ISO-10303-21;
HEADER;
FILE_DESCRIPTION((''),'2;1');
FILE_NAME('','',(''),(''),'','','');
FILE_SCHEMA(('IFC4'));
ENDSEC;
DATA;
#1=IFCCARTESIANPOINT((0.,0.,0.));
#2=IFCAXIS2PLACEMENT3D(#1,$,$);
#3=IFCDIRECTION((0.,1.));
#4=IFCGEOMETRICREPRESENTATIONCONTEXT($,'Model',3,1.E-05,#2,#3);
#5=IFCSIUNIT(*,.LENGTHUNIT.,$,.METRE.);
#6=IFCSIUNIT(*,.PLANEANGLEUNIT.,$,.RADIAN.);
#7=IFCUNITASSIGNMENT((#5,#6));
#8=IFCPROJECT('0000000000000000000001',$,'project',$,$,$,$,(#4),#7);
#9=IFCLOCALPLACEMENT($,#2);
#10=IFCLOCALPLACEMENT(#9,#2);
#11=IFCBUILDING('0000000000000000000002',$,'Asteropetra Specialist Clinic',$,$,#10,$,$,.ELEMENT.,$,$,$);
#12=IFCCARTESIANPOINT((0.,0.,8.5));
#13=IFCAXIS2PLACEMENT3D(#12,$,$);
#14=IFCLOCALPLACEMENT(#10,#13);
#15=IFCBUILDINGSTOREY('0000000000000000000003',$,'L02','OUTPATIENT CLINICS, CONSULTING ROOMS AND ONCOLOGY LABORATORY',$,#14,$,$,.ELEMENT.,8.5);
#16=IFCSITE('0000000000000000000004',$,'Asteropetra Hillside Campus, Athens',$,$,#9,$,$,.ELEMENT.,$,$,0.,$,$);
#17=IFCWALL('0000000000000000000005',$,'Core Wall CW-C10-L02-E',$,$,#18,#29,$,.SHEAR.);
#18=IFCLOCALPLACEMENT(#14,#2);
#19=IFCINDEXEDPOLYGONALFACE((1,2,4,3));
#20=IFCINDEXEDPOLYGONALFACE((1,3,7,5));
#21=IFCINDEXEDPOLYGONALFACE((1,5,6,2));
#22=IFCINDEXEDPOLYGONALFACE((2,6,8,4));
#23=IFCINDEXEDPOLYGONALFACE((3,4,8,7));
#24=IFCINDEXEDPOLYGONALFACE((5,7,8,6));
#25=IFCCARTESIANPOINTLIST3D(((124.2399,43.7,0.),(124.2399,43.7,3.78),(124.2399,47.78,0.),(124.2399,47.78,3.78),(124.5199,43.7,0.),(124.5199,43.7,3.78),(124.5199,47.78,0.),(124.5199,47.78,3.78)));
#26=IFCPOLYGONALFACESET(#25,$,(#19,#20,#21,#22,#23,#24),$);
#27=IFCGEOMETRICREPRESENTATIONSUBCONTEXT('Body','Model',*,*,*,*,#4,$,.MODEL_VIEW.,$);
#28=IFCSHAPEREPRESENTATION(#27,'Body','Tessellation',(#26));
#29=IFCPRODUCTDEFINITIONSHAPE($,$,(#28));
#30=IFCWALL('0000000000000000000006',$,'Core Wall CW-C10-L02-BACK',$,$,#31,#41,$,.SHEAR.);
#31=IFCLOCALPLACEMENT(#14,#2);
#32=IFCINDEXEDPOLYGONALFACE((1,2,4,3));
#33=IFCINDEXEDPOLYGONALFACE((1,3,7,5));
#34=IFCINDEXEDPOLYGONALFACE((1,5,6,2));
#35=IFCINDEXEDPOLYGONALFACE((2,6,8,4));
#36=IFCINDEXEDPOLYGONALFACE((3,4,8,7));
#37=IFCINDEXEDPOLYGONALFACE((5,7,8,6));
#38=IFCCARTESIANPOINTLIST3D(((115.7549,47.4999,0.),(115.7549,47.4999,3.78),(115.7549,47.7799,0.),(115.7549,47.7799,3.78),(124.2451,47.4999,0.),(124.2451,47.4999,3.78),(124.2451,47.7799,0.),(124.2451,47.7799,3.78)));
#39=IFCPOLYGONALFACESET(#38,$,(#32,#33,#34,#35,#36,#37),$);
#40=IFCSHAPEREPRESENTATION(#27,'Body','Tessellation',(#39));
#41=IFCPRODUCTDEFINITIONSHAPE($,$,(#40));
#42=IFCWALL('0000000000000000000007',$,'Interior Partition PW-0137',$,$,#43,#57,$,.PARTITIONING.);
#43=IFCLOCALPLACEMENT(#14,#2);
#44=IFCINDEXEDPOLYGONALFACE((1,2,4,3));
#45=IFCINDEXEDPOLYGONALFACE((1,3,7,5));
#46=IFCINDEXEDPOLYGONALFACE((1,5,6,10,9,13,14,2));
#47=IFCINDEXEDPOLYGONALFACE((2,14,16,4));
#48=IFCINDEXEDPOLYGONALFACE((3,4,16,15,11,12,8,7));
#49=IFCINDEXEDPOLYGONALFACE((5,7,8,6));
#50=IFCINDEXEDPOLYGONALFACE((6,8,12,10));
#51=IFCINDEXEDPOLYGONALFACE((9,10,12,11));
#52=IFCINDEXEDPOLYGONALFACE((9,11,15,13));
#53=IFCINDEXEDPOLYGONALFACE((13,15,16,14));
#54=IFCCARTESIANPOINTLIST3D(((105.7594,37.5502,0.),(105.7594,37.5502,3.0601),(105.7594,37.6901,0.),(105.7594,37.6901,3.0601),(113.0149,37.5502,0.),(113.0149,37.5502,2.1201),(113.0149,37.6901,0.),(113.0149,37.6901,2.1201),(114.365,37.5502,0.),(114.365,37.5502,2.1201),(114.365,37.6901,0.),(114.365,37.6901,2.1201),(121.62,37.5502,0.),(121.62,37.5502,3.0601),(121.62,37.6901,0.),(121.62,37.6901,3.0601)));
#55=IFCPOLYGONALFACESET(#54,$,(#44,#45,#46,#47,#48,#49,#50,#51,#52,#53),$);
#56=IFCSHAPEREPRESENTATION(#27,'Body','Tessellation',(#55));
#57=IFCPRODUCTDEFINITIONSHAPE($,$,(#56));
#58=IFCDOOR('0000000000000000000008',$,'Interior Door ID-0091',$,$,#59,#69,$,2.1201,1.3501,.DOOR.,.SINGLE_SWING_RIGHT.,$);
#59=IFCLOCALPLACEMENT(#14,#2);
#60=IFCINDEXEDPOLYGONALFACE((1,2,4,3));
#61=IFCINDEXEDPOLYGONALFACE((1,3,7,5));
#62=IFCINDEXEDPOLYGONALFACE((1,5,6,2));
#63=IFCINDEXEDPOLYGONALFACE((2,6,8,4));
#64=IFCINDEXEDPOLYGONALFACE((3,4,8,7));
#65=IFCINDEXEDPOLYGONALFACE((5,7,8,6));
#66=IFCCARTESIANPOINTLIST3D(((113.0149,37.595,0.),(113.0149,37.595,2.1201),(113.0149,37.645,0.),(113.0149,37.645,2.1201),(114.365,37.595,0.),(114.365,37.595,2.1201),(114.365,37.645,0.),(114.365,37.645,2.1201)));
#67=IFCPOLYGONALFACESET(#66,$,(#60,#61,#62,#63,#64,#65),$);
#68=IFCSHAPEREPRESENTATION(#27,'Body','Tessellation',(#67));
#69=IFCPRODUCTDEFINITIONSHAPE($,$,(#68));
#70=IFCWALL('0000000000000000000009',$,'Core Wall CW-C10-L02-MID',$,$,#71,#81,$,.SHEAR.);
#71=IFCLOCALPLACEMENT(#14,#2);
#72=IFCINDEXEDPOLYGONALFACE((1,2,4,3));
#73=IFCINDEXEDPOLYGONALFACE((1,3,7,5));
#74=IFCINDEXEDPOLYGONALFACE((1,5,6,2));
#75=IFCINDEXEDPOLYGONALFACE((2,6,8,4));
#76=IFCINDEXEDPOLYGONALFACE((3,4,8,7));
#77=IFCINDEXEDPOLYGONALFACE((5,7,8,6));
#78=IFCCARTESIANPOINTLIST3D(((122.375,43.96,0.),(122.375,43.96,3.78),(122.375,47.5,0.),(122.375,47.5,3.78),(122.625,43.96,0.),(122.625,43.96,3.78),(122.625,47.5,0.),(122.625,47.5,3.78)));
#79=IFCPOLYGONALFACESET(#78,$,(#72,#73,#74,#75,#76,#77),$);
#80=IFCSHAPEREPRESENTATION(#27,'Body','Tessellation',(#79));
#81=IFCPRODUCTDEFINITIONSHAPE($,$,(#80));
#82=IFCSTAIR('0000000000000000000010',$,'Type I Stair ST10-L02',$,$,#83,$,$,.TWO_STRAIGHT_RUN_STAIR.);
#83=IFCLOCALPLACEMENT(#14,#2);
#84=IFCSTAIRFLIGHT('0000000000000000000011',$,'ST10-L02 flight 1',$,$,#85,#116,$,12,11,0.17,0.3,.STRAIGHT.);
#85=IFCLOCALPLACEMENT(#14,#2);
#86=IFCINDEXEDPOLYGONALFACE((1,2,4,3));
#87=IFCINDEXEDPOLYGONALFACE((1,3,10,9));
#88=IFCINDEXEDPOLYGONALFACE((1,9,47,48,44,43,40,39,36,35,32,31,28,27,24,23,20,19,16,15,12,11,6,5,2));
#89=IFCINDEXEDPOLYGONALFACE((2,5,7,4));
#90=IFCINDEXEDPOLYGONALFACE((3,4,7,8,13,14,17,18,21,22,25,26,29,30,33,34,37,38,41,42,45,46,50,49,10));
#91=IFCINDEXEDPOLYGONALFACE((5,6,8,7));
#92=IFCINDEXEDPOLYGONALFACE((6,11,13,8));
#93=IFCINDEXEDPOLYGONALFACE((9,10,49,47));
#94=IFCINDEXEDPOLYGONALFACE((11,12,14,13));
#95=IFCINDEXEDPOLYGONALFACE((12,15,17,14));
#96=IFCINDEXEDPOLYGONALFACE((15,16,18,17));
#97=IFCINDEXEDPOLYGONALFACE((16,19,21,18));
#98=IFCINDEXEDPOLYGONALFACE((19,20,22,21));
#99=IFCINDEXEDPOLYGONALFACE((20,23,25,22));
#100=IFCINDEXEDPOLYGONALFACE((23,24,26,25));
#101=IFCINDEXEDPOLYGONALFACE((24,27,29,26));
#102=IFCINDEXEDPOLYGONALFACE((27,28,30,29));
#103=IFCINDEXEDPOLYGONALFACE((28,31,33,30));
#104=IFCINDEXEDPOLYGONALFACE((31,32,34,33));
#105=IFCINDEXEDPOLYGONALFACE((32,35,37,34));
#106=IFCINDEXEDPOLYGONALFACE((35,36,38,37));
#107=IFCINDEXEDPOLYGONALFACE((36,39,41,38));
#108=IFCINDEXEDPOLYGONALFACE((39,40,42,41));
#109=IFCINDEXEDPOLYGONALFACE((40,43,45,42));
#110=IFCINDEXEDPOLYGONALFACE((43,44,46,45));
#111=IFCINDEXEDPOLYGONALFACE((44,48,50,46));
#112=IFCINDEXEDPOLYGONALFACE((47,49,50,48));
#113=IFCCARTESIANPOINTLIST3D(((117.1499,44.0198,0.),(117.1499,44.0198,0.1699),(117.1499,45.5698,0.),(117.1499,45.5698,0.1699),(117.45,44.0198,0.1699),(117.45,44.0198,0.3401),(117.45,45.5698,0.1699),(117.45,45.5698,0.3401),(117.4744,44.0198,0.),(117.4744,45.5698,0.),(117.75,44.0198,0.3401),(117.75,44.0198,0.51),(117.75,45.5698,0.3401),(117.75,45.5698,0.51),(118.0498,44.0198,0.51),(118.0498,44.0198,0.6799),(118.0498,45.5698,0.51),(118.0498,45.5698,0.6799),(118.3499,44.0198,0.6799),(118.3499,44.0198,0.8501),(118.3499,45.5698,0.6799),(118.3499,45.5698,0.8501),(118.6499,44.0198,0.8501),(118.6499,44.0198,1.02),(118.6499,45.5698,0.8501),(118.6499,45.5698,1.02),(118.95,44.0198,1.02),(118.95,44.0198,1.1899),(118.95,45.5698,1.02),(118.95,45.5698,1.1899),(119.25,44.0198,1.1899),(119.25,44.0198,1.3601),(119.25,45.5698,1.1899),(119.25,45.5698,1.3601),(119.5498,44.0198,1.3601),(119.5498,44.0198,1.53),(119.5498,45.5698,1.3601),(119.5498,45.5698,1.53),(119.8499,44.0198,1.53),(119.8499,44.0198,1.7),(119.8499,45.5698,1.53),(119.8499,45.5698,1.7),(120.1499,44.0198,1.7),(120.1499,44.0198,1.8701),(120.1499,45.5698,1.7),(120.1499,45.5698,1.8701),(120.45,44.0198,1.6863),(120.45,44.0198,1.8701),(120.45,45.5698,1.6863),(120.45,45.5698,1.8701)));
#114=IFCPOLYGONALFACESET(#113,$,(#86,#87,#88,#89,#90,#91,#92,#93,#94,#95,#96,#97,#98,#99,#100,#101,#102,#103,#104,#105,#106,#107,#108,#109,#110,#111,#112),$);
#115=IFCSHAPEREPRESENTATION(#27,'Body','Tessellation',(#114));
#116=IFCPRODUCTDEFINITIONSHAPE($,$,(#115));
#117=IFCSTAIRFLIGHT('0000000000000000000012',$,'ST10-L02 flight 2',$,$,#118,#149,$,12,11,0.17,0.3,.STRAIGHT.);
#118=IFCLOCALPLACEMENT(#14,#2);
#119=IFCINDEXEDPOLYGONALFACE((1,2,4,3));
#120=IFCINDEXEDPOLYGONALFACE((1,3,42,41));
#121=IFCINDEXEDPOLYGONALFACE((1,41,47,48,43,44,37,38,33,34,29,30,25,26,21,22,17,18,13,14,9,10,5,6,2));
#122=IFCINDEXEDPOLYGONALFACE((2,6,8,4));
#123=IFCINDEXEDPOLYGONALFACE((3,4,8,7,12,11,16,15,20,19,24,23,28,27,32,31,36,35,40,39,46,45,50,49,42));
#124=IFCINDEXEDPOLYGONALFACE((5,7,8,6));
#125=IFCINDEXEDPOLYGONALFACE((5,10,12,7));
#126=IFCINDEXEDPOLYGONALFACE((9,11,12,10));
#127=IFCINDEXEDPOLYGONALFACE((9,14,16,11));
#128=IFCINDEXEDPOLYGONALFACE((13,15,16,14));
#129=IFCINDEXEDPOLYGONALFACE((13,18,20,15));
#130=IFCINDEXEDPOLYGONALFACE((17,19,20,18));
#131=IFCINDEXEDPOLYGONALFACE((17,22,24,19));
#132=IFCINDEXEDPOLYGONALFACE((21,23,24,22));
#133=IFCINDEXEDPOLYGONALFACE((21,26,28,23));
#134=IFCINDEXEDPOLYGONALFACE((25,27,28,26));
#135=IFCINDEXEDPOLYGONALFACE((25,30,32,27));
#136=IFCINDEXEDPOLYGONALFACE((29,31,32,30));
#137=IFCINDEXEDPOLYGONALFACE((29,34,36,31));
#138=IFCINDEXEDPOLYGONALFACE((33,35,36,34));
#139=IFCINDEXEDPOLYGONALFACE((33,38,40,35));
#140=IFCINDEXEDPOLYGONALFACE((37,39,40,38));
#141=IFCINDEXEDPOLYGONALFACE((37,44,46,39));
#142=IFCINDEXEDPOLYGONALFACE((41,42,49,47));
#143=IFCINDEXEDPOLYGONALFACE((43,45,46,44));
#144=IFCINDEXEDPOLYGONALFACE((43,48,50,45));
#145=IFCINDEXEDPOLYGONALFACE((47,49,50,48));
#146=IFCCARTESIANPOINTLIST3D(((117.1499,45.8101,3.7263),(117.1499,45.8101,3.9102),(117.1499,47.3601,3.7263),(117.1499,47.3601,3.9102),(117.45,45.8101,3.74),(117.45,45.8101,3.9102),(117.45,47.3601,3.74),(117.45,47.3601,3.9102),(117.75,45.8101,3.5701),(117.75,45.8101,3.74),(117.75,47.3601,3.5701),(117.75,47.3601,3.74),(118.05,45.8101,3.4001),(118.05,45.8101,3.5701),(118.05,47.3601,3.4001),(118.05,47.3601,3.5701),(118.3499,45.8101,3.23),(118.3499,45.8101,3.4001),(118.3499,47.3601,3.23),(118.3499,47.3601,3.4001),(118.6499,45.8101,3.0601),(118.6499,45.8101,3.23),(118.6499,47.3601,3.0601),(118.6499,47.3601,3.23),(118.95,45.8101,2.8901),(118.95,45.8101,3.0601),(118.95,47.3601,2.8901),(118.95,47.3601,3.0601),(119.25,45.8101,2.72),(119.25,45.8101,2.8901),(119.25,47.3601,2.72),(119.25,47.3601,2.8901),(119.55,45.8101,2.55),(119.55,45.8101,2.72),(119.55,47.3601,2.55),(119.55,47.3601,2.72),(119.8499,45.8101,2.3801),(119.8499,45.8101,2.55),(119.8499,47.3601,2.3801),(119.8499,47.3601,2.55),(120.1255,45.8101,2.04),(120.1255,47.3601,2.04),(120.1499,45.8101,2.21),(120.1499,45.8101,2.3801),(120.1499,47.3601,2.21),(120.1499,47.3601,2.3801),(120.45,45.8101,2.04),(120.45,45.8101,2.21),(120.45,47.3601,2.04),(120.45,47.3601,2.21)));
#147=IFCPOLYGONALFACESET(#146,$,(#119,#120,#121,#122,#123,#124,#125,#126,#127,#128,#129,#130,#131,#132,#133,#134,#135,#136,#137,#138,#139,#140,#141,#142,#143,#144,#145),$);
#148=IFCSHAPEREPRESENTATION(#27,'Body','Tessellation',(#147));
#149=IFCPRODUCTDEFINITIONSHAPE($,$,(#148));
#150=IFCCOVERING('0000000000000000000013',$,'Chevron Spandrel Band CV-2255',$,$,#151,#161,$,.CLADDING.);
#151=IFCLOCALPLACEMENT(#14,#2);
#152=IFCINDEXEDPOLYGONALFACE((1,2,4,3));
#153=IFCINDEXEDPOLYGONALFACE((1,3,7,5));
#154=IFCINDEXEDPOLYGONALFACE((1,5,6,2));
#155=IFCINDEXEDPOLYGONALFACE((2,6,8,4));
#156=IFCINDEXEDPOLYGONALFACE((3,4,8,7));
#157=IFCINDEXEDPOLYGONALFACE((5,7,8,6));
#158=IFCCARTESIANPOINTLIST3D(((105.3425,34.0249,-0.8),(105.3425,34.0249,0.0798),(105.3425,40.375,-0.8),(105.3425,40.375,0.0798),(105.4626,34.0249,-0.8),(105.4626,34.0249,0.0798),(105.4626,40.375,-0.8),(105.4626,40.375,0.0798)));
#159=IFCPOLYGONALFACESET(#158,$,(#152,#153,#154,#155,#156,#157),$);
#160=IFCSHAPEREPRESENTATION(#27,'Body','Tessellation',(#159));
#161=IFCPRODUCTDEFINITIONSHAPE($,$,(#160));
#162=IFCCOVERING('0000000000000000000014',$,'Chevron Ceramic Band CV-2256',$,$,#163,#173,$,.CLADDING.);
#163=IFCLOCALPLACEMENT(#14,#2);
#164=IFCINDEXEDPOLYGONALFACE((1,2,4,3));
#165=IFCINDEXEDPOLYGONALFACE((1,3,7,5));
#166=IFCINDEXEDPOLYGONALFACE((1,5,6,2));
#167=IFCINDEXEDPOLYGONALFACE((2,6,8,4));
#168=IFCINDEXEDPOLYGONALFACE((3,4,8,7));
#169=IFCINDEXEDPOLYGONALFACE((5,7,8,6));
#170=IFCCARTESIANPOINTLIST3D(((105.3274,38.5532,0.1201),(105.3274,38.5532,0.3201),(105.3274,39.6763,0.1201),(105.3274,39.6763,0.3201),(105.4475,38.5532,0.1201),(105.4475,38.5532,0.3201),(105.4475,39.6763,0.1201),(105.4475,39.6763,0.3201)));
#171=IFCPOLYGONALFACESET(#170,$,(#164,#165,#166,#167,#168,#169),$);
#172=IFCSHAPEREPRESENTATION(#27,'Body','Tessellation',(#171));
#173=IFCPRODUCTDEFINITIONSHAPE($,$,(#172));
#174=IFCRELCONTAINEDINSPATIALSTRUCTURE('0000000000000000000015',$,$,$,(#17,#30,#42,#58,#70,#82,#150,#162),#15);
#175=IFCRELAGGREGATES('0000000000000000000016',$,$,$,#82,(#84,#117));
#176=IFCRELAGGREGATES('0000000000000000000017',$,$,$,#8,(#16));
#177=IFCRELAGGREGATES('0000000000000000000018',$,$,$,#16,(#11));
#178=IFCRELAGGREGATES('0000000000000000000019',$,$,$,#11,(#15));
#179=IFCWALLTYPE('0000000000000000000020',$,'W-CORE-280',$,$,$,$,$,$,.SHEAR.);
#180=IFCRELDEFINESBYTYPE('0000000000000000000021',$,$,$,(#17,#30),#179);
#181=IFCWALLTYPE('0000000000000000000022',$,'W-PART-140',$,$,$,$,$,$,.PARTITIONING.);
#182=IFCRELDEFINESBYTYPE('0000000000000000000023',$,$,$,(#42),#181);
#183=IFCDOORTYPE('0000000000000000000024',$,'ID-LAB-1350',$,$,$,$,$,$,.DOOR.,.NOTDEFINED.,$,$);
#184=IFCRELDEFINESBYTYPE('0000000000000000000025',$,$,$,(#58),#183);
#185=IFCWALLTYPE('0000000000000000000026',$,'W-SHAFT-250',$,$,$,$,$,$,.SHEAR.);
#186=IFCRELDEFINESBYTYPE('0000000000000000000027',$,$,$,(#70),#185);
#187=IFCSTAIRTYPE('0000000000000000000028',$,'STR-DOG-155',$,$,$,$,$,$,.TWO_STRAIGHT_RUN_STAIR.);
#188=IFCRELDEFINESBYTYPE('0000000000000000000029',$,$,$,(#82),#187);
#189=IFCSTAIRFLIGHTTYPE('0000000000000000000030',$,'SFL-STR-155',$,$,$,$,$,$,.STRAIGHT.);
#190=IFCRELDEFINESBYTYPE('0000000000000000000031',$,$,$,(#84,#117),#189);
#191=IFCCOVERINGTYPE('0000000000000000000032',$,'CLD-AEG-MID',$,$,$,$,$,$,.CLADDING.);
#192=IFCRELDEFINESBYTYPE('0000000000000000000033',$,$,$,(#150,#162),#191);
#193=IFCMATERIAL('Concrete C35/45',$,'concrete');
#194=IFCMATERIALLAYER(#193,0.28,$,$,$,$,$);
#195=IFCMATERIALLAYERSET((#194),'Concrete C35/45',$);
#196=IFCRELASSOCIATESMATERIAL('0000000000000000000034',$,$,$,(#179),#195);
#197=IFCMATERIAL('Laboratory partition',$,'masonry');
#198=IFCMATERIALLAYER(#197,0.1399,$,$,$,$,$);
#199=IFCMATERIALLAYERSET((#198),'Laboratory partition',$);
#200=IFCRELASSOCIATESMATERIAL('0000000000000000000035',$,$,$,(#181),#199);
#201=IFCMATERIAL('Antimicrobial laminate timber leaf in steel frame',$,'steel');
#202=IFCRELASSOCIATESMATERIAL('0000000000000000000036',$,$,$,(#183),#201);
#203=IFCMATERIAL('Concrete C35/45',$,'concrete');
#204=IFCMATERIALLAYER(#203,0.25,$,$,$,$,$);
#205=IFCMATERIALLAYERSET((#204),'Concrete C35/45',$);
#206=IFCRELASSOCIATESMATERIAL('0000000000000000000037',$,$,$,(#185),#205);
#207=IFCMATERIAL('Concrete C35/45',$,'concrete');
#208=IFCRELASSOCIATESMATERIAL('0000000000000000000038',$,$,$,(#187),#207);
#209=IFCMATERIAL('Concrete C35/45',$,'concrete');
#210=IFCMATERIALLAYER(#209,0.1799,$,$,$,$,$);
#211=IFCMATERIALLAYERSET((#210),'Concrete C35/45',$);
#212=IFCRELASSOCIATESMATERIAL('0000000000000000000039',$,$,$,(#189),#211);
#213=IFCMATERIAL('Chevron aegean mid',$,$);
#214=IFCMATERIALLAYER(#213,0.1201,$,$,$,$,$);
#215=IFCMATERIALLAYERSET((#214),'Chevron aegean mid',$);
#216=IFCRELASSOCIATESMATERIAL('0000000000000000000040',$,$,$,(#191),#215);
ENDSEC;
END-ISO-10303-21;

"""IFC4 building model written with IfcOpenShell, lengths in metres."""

from ifc_helpers import new_model, si_unit, direction, frame, frame_2d, origin, origin_2d, place, context, subcontext, project, spatial, polyline, rectangle, outline, extrude, material, layer, layer_set, type_object, element, fill, aggregate, save


model = new_model("IFC4")

# Units and contexts
model_context = context("Model", 3, precision=1e-05, world=origin(), true_north=direction((0.0, 1.0)))
body_context = subcontext(model_context, "Body", "Model", "MODEL_VIEW")
ifc_project = project(units=[si_unit("LENGTHUNIT", "METRE"), si_unit("PLANEANGLEUNIT", "RADIAN")], contexts=[model_context])

# Site, building, storey
site_placement = place(None, origin())
site = spatial("IfcSite", under=ifc_project, at=site_placement, Name="Asteropetra Hillside Campus, Athens", CompositionType="ELEMENT", RefElevation=0.0)
building_placement = place(site_placement, origin())
building = spatial("IfcBuilding", under=site, at=building_placement, Name="Asteropetra Specialist Clinic", CompositionType="ELEMENT")
storey_placement = place(building_placement, frame((0.0, 0.0, 8.5)))
storey = spatial("IfcBuildingStorey", under=building, at=storey_placement, Name="L02", Description="OUTPATIENT CLINICS, CONSULTING ROOMS AND ONCOLOGY LABORATORY", CompositionType="ELEMENT", Elevation=8.5)

# Walls
ifc_material_1 = material(Name="Concrete C35/45", Category="concrete")
ifc_layer_1 = layer(ifc_material_1, 0.28)
ifc_layer_set_1 = layer_set([ifc_layer_1], Name="Concrete C35/45")
wall_type_1 = type_object("IfcWallType", Name="W-CORE-280", PredefinedType="SHEAR", material=ifc_layer_set_1)
for number, where, z_axis, x_axis, name in (
    (1, (124.3799, 43.7, 0.0), (0.0, 0.0, 1.0), (0.0, 1.0, 0.0), "Core Wall CW-C10-L02-E"),
):
    element("IfcWall", number, at=place(storey_placement, frame(where, z_axis=z_axis, x_axis=x_axis)), inside=storey, type_object=wall_type_1, Name=name, PredefinedType="SHEAR", context=body_context, shape_type="SweptSolid", body=[
        extrude(rectangle(XDim=4.0801, YDim=0.28, at=frame_2d((2.04, 0.0))), origin(), (0.0, 0.0, 1.0), 3.78),
    ])
wall_1_placement = place(storey_placement, frame((115.7549, 47.6399, 0.0), z_axis=(0.0, 0.0, 1.0), x_axis=(1.0, 0.0, 0.0)))
element("IfcWall", 2, at=wall_1_placement, inside=storey, type_object=wall_type_1, Name="Core Wall CW-C10-L02-BACK", PredefinedType="SHEAR", context=body_context, shape_type="SweptSolid", body=[
    extrude(rectangle(XDim=8.4902, YDim=0.28, at=frame_2d((4.2451, 0.0))), origin(), (0.0, 0.0, 1.0), 3.78),
])

# Wall, opening, door
ifc_material_2 = material(Name="Laboratory partition", Category="masonry")
ifc_layer_2 = layer(ifc_material_2, 0.1399)
ifc_layer_set_2 = layer_set([ifc_layer_2], Name="Laboratory partition")
wall_type_2 = type_object("IfcWallType", Name="W-PART-140", PredefinedType="PARTITIONING", material=ifc_layer_set_2)
wall_2_placement = place(storey_placement, frame((105.7595, 37.6201, 0.0), z_axis=(0.0, 0.0, 1.0), x_axis=(1.0, 0.0, 0.0)))
wall_2 = element("IfcWall", 3, at=wall_2_placement, inside=storey, type_object=wall_type_2, Name="Interior Partition PW-0137", PredefinedType="PARTITIONING", context=body_context, shape_type="SweptSolid", body=[
    extrude(rectangle(XDim=15.8606, YDim=0.1399, at=frame_2d((7.9302, 0.0))), origin(), (0.0, 0.0, 1.0), 3.0601),
])
opening_1_placement = place(wall_2_placement, frame((7.2554, 0.0, 0.0)))
opening_1 = element("IfcOpeningElement", 4, at=opening_1_placement, cuts=wall_2, PredefinedType="OPENING", context=body_context, shape_type="SweptSolid", body=[
    extrude(rectangle(XDim=1.3501, YDim=2.1201, at=frame_2d((0.675, 1.0601))), frame((0.0, 0.0798, 0.0), z_axis=(0.0, -1.0, 0.0), x_axis=(1.0, 0.0, 0.0)), (0.0, 0.0, 1.0), 0.1599),
])
ifc_material_3 = material(Name="Antimicrobial laminate timber leaf in steel frame", Category="steel")
door_type_1 = type_object("IfcDoorType", Name="ID-LAB-1350", OperationType="NOTDEFINED", PredefinedType="DOOR", material=ifc_material_3)
door_1_placement = place(opening_1_placement, origin())
door_1 = element("IfcDoor", 5, at=door_1_placement, inside=storey, type_object=door_type_1, Name="Interior Door ID-0091", OperationType="SINGLE_SWING_RIGHT", OverallHeight=2.1201, OverallWidth=1.3501, PredefinedType="DOOR", context=body_context, shape_type="SweptSolid", body=[
    extrude(rectangle(XDim=1.3501, YDim=2.1201, at=frame_2d((0.675, 1.0601))), frame((0.0, 0.0249, 0.0), z_axis=(0.0, -1.0, 0.0), x_axis=(1.0, 0.0, 0.0)), (0.0, 0.0, 1.0), 0.05),
])
fill(opening_1, door_1)

# Wall
ifc_material_4 = material(Name="Concrete C35/45", Category="concrete")
ifc_layer_3 = layer(ifc_material_4, 0.25)
ifc_layer_set_3 = layer_set([ifc_layer_3], Name="Concrete C35/45")
wall_type_3 = type_object("IfcWallType", Name="W-SHAFT-250", PredefinedType="SHEAR", material=ifc_layer_set_3)
wall_3_placement = place(storey_placement, frame((122.5, 43.96, 0.0), z_axis=(0.0, 0.0, 1.0), x_axis=(0.0, 1.0, 0.0)))
element("IfcWall", 6, at=wall_3_placement, inside=storey, type_object=wall_type_3, Name="Core Wall CW-C10-L02-MID", PredefinedType="SHEAR", context=body_context, shape_type="SweptSolid", body=[
    extrude(rectangle(XDim=3.54, YDim=0.25, at=frame_2d((1.77, 0.0))), origin(), (0.0, 0.0, 1.0), 3.78),
])

# Stair, stair flights
ifc_material_5 = material(Name="Concrete C35/45", Category="concrete")
stair_type = type_object("IfcStairType", Name="STR-DOG-155", PredefinedType="TWO_STRAIGHT_RUN_STAIR", material=ifc_material_5)
stair_placement = place(storey_placement, origin())
stair = element("IfcStair", 7, at=stair_placement, inside=storey, type_object=stair_type, Name="Type I Stair ST10-L02", PredefinedType="TWO_STRAIGHT_RUN_STAIR")
ifc_material_6 = material(Name="Concrete C35/45", Category="concrete")
ifc_layer_4 = layer(ifc_material_6, 0.1799)
ifc_layer_set_4 = layer_set([ifc_layer_4], Name="Concrete C35/45")
stair_flight_type = type_object("IfcStairFlightType", Name="SFL-STR-155", PredefinedType="STRAIGHT", material=ifc_layer_set_4)
stair_flight_1_placement = place(storey_placement, frame((117.1499, 44.7949, 0.0), z_axis=(0.0, 0.0, 1.0), x_axis=(1.0, 0.0, 0.0)))
stair_flight_1 = element("IfcStairFlight", 8, at=stair_flight_1_placement, type_object=stair_flight_type, Name="ST10-L02 flight 1", NumberOfRisers=12, NumberOfTreads=11, PredefinedType="STRAIGHT", RiserHeight=0.17, TreadLength=0.3, context=body_context, shape_type="SweptSolid", body=[
    extrude(outline(polyline([(0.0, 0.0), (0.0, 0.1699), (0.3, 0.1699), (0.3, 0.3401), (0.6001, 0.3401), (0.6001, 0.51), (0.8999, 0.51), (0.8999, 0.6799), (1.2, 0.6799), (1.2, 0.8501), (1.5, 0.8501), (1.5, 1.02), (1.8, 1.02), (1.8, 1.1899), (2.1001, 1.1899), (2.1001, 1.3601), (2.3999, 1.3601), (2.3999, 1.53), (2.7, 1.53), (2.7, 1.7), (3.0, 1.7), (3.0, 1.8701), (3.3, 1.8701), (3.3, 2.04), (3.3, 1.6863), (0.3245, 0.0), (0.0, 0.0)])), frame((0.0, 0.7749, 0.0), z_axis=(0.0, -1.0, 0.0), x_axis=(1.0, 0.0, 0.0)), (0.0, 0.0, 1.0), 1.55),
])
stair_flight_2_placement = place(storey_placement, frame((120.45, 46.585, 2.04), z_axis=(0.0, 0.0, 1.0), x_axis=(-1.0, 0.0, 0.0)))
stair_flight_2 = element("IfcStairFlight", 9, at=stair_flight_2_placement, type_object=stair_flight_type, Name="ST10-L02 flight 2", NumberOfRisers=12, NumberOfTreads=11, PredefinedType="STRAIGHT", RiserHeight=0.17, TreadLength=0.3, context=body_context, shape_type="SweptSolid", body=[
    extrude(outline(polyline([(0.0, 0.0), (0.0, 0.1699), (0.3, 0.1699), (0.3, 0.3401), (0.6001, 0.3401), (0.6001, 0.51), (0.8999, 0.51), (0.8999, 0.6799), (1.2, 0.6799), (1.2, 0.8501), (1.5, 0.8501), (1.5, 1.02), (1.8, 1.02), (1.8, 1.1899), (2.1001, 1.1899), (2.1001, 1.3601), (2.3999, 1.3601), (2.3999, 1.53), (2.7, 1.53), (2.7, 1.7), (3.0, 1.7), (3.0, 1.8701), (3.3, 1.8701), (3.3, 2.04), (3.3, 1.6863), (0.3245, 0.0), (0.0, 0.0)])), frame((0.0, 0.7749, 0.0), z_axis=(0.0, -1.0, 0.0), x_axis=(1.0, 0.0, 0.0)), (0.0, 0.0, 1.0), 1.55),
])
aggregate(stair, [stair_flight_1, stair_flight_2])

# Coverings
ifc_material_7 = material(Name="Chevron aegean mid")
ifc_layer_5 = layer(ifc_material_7, 0.1201)
ifc_layer_set_5 = layer_set([ifc_layer_5], Name="Chevron aegean mid")
covering_type = type_object("IfcCoveringType", Name="CLD-AEG-MID", PredefinedType="CLADDING", material=ifc_layer_set_5)
covering_1_placement = place(storey_placement, frame((105.4026, 37.2, -0.8), z_axis=(0.0, 0.0, 1.0), x_axis=(1.0, 0.0, 0.0)))
element("IfcCovering", 10, at=covering_1_placement, inside=storey, type_object=covering_type, Name="Chevron Spandrel Band CV-2255", PredefinedType="CLADDING", context=body_context, shape_type="SweptSolid", body=[
    extrude(rectangle(XDim=0.1201, YDim=6.3501, at=origin_2d()), origin(), (0.0, 0.0, 1.0), 0.8799),
])
for number, where, z_axis, x_axis, name in (
    (11, (105.3875, 39.1147, 0.1201), (0.0, 0.0, 1.0), (1.0, 0.0, 0.0), "Chevron Ceramic Band CV-2256"),
):
    element("IfcCovering", number, at=place(storey_placement, frame(where, z_axis=z_axis, x_axis=x_axis)), inside=storey, type_object=covering_type, Name=name, PredefinedType="CLADDING", context=body_context, shape_type="SweptSolid", body=[
        extrude(rectangle(XDim=0.1201, YDim=1.123, at=origin_2d()), origin(), (0.0, 0.0, 1.0), 0.2),
    ])

save(model, "model.ifc")
